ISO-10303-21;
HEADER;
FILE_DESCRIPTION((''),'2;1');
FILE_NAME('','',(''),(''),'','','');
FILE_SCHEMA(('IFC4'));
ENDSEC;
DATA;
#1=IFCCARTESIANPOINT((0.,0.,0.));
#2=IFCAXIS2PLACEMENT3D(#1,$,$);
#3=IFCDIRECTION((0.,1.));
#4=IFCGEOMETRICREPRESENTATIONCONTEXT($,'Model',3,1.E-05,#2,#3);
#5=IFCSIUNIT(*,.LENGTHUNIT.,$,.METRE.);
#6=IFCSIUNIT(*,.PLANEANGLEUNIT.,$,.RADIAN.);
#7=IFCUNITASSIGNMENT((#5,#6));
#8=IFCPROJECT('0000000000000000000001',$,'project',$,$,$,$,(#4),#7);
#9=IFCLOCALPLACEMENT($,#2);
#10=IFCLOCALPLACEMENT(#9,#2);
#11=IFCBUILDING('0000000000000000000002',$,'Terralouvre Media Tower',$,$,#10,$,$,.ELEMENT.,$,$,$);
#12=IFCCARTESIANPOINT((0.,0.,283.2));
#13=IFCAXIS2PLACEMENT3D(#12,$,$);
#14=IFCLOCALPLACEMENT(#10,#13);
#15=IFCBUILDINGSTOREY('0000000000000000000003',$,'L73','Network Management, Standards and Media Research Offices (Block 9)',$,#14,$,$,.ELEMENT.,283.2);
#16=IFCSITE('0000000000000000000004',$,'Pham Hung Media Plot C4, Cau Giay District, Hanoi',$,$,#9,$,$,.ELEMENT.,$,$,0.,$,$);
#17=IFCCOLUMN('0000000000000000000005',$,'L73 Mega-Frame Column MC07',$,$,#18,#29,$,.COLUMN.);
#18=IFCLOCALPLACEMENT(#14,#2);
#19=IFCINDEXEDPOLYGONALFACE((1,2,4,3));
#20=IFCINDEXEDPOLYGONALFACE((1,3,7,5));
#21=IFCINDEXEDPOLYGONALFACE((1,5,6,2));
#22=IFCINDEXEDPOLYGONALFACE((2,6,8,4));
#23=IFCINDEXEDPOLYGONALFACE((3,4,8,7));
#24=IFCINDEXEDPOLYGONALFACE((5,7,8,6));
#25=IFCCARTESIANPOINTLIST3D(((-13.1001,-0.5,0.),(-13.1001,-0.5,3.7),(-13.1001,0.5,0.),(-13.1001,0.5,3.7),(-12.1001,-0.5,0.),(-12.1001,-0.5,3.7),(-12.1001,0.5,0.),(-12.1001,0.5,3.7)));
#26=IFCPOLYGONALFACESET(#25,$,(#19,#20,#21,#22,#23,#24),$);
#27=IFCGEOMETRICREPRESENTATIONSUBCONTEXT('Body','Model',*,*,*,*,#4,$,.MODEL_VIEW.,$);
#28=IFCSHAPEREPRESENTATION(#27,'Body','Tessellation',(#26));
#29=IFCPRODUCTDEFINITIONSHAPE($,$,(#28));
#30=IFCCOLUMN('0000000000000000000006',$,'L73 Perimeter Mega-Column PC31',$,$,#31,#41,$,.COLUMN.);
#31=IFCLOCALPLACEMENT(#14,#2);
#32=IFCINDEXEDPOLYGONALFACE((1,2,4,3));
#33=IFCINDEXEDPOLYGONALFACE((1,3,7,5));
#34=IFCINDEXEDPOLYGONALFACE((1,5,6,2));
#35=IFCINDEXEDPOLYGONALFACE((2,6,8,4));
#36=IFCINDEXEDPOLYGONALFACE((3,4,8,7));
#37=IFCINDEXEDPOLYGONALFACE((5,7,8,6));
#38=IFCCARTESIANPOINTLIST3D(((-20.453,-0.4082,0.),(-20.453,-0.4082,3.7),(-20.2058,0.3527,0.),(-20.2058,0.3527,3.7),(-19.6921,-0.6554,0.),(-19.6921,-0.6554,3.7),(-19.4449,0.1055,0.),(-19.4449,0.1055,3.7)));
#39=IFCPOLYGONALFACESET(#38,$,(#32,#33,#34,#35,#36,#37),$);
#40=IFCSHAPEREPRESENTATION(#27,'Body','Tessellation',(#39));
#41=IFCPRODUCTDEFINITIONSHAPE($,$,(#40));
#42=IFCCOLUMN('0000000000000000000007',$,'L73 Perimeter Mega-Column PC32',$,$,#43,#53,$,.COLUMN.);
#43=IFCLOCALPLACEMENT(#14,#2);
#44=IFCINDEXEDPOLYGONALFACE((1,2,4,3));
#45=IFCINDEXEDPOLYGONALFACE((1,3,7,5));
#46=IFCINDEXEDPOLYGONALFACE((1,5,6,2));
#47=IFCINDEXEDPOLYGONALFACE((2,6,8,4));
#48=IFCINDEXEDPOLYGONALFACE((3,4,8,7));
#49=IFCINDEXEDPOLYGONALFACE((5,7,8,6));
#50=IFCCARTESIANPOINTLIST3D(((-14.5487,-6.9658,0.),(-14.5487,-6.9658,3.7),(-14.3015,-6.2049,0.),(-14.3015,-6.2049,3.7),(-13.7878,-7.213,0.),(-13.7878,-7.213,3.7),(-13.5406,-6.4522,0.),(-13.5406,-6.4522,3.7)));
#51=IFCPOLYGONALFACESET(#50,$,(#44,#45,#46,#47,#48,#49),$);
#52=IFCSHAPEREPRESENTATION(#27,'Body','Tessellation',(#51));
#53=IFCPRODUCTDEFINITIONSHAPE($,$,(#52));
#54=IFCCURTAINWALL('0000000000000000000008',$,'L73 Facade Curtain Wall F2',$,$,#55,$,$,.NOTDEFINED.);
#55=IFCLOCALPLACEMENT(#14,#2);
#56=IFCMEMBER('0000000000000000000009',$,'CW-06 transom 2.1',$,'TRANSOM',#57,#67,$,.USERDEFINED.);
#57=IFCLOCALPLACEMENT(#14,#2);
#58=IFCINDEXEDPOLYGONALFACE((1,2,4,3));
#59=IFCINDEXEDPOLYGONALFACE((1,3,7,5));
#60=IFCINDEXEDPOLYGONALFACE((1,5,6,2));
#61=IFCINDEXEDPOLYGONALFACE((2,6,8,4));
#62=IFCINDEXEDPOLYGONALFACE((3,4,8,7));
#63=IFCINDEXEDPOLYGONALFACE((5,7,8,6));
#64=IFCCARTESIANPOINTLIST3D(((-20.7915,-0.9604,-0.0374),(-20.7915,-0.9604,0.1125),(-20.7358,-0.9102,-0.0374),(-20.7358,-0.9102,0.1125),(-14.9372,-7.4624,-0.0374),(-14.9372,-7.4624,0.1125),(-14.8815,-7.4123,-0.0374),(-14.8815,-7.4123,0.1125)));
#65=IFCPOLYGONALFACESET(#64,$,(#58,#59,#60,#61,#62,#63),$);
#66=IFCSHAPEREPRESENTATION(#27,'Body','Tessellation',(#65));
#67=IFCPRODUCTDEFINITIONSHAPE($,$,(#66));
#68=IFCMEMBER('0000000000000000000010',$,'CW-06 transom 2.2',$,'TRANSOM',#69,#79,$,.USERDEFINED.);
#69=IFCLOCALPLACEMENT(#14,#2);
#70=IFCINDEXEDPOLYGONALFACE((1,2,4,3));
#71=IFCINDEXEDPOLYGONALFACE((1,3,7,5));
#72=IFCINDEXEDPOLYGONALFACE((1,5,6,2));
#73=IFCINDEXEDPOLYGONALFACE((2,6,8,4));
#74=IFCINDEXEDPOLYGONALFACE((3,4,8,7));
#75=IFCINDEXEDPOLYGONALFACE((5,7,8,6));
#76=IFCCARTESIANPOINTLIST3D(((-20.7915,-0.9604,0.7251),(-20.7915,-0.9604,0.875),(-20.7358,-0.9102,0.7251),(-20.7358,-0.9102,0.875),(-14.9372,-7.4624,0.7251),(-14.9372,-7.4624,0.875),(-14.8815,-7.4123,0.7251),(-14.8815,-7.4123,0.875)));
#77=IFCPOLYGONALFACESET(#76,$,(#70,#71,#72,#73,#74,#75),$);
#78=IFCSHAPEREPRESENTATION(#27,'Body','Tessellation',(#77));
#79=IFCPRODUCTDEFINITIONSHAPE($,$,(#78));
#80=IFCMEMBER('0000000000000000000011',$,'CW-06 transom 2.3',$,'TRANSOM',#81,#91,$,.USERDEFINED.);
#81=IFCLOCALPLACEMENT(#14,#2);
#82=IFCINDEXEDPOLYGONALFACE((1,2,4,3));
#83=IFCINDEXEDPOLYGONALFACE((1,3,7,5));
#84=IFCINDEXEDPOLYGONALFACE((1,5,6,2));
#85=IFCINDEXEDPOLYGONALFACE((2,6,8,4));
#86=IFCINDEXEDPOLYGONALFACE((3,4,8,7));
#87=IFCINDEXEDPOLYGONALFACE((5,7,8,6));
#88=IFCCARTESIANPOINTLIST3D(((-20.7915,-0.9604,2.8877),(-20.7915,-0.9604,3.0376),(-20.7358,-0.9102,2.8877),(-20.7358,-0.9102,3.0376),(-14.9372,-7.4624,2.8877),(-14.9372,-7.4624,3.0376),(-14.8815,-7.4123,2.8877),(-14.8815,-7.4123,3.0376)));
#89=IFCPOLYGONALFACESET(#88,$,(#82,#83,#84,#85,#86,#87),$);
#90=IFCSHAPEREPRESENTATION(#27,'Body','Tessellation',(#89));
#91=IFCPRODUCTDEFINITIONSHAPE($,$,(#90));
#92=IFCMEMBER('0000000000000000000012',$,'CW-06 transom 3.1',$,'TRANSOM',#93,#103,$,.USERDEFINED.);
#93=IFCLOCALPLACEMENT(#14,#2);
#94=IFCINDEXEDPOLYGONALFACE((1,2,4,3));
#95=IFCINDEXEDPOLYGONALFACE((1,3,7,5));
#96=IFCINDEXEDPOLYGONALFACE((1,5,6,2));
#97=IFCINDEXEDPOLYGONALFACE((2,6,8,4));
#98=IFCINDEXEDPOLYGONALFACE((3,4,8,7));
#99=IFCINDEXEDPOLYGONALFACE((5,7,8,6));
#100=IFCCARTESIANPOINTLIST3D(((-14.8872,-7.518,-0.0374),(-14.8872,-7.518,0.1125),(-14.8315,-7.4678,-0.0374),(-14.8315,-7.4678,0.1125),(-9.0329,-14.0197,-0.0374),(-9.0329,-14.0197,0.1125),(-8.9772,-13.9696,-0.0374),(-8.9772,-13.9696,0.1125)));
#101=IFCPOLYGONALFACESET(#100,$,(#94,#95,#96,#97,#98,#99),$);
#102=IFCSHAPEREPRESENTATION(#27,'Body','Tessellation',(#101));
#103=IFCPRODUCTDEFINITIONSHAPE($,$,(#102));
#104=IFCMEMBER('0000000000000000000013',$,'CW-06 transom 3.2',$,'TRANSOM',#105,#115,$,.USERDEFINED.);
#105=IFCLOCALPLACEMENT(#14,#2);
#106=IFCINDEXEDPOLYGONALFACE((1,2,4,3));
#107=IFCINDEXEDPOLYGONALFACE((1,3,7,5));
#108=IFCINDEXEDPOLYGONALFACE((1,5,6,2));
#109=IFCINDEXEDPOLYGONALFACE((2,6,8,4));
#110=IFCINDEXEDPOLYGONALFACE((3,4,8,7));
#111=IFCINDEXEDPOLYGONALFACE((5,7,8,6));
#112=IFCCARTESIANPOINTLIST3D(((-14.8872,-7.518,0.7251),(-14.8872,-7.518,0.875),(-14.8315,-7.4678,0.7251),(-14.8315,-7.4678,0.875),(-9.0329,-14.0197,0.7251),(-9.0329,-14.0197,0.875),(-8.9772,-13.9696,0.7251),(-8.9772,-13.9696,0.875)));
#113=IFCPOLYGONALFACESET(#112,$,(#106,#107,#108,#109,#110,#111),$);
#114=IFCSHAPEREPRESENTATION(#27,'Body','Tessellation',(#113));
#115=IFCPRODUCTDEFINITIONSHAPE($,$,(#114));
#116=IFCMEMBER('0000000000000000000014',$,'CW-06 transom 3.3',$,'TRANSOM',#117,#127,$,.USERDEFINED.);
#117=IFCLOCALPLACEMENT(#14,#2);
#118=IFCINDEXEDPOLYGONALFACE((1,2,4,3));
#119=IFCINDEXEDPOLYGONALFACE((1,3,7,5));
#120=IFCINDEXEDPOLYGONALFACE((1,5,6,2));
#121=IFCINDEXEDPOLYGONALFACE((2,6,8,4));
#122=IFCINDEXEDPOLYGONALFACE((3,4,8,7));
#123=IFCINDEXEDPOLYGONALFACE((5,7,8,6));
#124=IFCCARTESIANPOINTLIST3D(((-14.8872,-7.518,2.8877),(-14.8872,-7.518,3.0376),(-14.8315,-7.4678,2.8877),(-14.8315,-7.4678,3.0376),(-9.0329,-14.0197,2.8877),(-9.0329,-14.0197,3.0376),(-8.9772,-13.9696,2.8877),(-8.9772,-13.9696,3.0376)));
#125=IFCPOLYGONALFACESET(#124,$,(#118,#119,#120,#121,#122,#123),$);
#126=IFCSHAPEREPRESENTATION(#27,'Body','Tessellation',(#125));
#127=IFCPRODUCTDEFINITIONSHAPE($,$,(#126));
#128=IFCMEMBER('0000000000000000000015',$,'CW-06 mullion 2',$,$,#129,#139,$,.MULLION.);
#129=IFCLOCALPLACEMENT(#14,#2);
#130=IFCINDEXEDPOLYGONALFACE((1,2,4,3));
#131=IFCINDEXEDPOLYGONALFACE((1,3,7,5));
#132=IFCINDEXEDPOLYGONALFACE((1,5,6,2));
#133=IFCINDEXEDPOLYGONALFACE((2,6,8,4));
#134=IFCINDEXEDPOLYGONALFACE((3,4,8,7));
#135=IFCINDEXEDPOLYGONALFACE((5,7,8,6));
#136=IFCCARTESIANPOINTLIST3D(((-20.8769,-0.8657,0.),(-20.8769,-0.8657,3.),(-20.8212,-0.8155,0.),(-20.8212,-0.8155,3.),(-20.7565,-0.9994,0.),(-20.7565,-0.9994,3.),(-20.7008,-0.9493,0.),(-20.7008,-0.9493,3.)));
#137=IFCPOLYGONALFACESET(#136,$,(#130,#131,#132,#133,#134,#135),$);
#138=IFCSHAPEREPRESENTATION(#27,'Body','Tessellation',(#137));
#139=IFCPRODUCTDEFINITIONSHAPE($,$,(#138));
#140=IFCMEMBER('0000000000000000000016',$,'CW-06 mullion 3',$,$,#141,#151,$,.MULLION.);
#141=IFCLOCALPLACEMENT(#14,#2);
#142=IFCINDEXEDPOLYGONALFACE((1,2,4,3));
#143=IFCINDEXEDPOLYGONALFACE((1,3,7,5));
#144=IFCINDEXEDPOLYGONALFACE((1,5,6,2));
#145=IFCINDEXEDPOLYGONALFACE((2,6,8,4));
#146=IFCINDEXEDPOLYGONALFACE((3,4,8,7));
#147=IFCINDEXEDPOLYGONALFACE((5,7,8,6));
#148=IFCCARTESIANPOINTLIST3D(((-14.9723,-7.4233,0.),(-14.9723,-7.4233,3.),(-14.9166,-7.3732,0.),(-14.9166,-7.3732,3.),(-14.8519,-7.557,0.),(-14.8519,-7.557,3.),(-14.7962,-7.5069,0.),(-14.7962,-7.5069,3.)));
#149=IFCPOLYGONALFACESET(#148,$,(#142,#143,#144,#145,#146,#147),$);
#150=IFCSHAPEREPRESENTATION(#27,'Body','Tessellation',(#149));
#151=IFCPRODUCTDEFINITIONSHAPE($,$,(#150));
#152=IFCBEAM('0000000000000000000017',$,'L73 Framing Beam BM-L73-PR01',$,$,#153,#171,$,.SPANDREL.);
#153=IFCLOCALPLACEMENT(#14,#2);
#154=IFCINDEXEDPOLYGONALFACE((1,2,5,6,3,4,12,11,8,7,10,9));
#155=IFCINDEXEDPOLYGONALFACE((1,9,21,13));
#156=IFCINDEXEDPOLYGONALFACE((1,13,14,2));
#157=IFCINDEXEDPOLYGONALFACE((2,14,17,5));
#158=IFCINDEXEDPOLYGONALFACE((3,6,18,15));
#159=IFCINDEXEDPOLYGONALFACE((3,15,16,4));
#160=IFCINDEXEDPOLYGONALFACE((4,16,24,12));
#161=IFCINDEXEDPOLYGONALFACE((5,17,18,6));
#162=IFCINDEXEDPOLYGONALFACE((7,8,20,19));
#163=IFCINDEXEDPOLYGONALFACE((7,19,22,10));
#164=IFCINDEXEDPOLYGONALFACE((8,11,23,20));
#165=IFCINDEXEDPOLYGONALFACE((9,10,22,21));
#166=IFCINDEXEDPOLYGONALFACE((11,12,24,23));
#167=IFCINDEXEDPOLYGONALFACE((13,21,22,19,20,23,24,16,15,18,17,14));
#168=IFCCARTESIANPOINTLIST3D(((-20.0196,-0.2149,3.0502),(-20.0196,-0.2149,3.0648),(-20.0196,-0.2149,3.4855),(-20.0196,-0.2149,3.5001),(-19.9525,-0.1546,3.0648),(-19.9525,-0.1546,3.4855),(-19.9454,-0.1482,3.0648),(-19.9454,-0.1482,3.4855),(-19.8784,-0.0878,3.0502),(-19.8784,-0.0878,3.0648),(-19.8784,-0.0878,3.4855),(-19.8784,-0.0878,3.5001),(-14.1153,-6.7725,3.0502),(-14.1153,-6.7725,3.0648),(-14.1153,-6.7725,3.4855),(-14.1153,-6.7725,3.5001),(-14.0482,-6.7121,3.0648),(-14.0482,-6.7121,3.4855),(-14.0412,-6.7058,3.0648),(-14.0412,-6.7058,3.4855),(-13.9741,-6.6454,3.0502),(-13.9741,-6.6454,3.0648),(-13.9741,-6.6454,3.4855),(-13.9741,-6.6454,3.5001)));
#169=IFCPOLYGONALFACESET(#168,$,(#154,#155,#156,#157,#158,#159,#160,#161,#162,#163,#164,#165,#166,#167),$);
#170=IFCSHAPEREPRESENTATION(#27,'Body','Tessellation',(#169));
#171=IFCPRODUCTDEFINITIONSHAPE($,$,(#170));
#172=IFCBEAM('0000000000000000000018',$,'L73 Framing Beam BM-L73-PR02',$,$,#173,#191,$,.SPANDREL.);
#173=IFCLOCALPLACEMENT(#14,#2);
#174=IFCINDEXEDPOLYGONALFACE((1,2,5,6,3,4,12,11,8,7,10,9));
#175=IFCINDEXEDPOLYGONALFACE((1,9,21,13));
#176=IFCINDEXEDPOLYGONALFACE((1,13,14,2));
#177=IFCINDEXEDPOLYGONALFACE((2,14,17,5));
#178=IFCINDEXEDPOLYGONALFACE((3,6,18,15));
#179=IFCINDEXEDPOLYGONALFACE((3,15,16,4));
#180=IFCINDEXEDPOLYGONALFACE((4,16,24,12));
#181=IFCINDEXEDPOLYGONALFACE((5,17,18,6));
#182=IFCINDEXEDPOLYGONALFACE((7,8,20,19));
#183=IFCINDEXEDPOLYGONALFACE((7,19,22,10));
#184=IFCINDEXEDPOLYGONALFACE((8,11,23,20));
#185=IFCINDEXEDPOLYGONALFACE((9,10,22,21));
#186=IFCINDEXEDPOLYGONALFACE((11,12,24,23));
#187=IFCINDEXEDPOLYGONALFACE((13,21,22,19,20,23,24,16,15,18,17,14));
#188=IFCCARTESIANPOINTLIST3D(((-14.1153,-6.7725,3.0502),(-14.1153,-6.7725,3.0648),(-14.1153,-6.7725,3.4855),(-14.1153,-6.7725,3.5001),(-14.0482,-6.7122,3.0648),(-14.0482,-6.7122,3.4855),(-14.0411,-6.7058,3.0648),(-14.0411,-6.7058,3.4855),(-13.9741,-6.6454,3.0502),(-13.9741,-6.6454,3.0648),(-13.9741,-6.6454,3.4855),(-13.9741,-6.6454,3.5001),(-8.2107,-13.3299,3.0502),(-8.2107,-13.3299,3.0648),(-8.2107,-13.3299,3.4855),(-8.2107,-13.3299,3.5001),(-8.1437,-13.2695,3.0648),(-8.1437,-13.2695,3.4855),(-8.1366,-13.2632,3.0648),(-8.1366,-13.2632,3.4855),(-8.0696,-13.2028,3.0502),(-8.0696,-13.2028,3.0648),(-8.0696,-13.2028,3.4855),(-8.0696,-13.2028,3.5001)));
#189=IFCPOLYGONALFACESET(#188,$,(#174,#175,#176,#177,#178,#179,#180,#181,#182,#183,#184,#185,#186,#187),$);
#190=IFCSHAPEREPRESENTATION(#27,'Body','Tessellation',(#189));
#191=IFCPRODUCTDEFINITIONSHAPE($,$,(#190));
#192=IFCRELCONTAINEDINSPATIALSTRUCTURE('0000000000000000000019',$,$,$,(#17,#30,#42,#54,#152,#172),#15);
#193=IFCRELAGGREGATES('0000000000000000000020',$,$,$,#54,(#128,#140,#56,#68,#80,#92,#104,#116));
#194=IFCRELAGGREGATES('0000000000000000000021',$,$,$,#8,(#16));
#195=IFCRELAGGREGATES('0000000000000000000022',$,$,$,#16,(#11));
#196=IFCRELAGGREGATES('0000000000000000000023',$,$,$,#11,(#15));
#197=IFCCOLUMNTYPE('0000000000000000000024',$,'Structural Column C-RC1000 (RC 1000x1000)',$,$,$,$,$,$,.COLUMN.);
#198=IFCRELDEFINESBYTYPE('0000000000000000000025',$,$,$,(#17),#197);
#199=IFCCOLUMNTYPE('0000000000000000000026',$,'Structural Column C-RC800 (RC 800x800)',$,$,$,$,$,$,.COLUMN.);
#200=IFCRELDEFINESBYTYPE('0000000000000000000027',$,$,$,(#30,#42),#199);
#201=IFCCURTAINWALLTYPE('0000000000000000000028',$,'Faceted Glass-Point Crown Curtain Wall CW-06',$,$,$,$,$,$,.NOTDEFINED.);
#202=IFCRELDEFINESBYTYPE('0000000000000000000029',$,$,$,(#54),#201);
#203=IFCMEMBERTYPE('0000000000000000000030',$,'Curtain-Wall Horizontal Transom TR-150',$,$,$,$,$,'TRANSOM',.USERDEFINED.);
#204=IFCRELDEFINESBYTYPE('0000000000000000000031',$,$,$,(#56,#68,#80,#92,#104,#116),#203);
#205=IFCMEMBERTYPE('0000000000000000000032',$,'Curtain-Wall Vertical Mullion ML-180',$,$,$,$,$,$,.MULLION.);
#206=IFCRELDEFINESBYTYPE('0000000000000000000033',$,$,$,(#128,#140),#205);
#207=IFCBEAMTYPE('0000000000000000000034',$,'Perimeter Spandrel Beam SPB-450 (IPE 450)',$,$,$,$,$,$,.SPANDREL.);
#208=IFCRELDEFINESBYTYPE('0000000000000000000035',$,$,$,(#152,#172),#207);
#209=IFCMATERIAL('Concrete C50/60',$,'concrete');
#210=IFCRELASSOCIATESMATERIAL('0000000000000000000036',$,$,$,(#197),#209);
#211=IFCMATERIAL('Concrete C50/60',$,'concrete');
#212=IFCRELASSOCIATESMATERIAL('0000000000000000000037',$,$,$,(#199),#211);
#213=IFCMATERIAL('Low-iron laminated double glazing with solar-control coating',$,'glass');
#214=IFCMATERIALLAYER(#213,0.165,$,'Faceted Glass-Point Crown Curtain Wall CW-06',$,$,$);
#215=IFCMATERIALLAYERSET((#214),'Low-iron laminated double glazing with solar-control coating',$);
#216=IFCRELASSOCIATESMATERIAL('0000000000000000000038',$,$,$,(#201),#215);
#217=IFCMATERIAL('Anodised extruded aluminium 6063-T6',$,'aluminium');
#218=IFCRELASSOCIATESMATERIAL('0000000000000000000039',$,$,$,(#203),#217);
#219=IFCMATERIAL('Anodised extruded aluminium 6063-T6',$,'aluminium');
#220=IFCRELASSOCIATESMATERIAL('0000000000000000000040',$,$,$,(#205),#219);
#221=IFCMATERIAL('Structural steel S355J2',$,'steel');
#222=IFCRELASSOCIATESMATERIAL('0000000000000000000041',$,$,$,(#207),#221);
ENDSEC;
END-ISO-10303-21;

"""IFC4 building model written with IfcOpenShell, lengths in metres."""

from ifc_helpers import new_model, si_unit, direction, frame, origin, origin_2d, place, context, subcontext, project, spatial, rectangle, i_section, extrude, material, layer, layer_set, material_profile, profile_set, type_object, element, aggregate, save


model = new_model("IFC4")

# Units and contexts
model_context = context("Model", 3, precision=1e-05, world=origin(), true_north=direction((0.0, 1.0)))
body_context = subcontext(model_context, "Body", "Model", "MODEL_VIEW")
ifc_project = project(units=[si_unit("LENGTHUNIT", "METRE"), si_unit("PLANEANGLEUNIT", "RADIAN")], contexts=[model_context])

# Site, building, storey
site_placement = place(None, origin())
site = spatial("IfcSite", under=ifc_project, at=site_placement, Name="Pham Hung Media Plot C4, Cau Giay District, Hanoi", CompositionType="ELEMENT", RefElevation=0.0)
building_placement = place(site_placement, origin())
building = spatial("IfcBuilding", under=site, at=building_placement, Name="Terralouvre Media Tower", CompositionType="ELEMENT")
storey_placement = place(building_placement, frame((0.0, 0.0, 283.2)))
storey = spatial("IfcBuildingStorey", under=building, at=storey_placement, Name="L73", Description="Network Management, Standards and Media Research Offices (Block 9)", CompositionType="ELEMENT", Elevation=283.2)

# Columns
ifc_material_1 = material(Name="Concrete C50/60", Category="concrete")
ifc_material_profile_1 = material_profile(ifc_material_1, rectangle(XDim=1.0, YDim=1.0, at=origin_2d()), Name="RC 1000x1000")
ifc_profile_set_1 = profile_set([ifc_material_profile_1], Name="Concrete C50/60")
column_type_1 = type_object("IfcColumnType", Name="Structural Column C-RC1000 (RC 1000x1000)", PredefinedType="COLUMN", material=ifc_profile_set_1)
column_placement = place(storey_placement, frame((-12.6001, 0.0, 0.0), z_axis=(0.0, 0.0, 1.0), x_axis=(1.0, 0.0, 0.0)))
element("IfcColumn", 1, at=column_placement, inside=storey, type_object=column_type_1, Name="L73 Mega-Frame Column MC07", PredefinedType="COLUMN", context=body_context, shape_type="SweptSolid", body=[
    extrude(rectangle(XDim=1.0, YDim=1.0, at=origin_2d()), origin(), (0.0, 0.0, 1.0), 3.7),
])
ifc_material_2 = material(Name="Concrete C50/60", Category="concrete")
ifc_material_profile_2 = material_profile(ifc_material_2, rectangle(XDim=0.8, YDim=0.8, at=origin_2d()), Name="RC 800x800")
ifc_profile_set_2 = profile_set([ifc_material_profile_2], Name="Concrete C50/60")
column_type_2 = type_object("IfcColumnType", Name="Structural Column C-RC800 (RC 800x800)", PredefinedType="COLUMN", material=ifc_profile_set_2)
for number, where, z_axis, x_axis, name in (
    (2, (-19.949, -0.1514, 0.0), (0.0, 0.0, 1.0), (0.309017, 0.951057, 0.0), "L73 Perimeter Mega-Column PC31"),
    (3, (-14.0447, -6.709, 0.0), (0.0, 0.0, 1.0), (0.309017, 0.951057, 0.0), "L73 Perimeter Mega-Column PC32"),
):
    element("IfcColumn", number, at=place(storey_placement, frame(where, z_axis=z_axis, x_axis=x_axis)), inside=storey, type_object=column_type_2, Name=name, PredefinedType="COLUMN", context=body_context, shape_type="SweptSolid", body=[
        extrude(rectangle(XDim=0.8, YDim=0.8, at=origin_2d()), origin(), (0.0, 0.0, 1.0), 3.7),
    ])

# Curtain wall, members
ifc_material_3 = material(Name="Low-iron laminated double glazing with solar-control coating", Category="glass")
ifc_layer_1 = layer(ifc_material_3, 0.165, Name="Faceted Glass-Point Crown Curtain Wall CW-06")
ifc_layer_set_1 = layer_set([ifc_layer_1], Name="Low-iron laminated double glazing with solar-control coating")
curtain_wall_type = type_object("IfcCurtainWallType", Name="Faceted Glass-Point Crown Curtain Wall CW-06", PredefinedType="NOTDEFINED", material=ifc_layer_set_1)
curtain_wall_placement = place(storey_placement, origin())
curtain_wall = element("IfcCurtainWall", 4, at=curtain_wall_placement, inside=storey, type_object=curtain_wall_type, Name="L73 Facade Curtain Wall F2", PredefinedType="NOTDEFINED")
ifc_material_4 = material(Name="Anodised extruded aluminium 6063-T6", Category="aluminium")
ifc_material_profile_3 = material_profile(ifc_material_4, rectangle(XDim=0.075, YDim=0.1499, at=origin_2d()), Name="ALU 75x150")
ifc_profile_set_3 = profile_set([ifc_material_profile_3], Name="Anodised extruded aluminium 6063-T6")
member_type_1 = type_object("IfcMemberType", Name="Curtain-Wall Horizontal Transom TR-150", ElementType="TRANSOM", PredefinedType="USERDEFINED", material=ifc_profile_set_3)
member_1_placement = place(storey_placement, frame((-20.7637, -0.9353, 0.0376), z_axis=(0.669122, -0.743153, 0.0), x_axis=(0.743153, 0.669122, 0.0)))
member_1 = element("IfcMember", 5, at=member_1_placement, type_object=member_type_1, Name="CW-06 transom 2.1", ObjectType="TRANSOM", PredefinedType="USERDEFINED", context=body_context, shape_type="SweptSolid", body=[
    extrude(rectangle(XDim=0.075, YDim=0.1499, at=origin_2d()), origin(), (0.0, 0.0, 1.0), 8.7493),
])
member_2_placement = place(storey_placement, frame((-20.7637, -0.9353, 0.8), z_axis=(0.669122, -0.743153, 0.0), x_axis=(0.743153, 0.669122, 0.0)))
member_2 = element("IfcMember", 6, at=member_2_placement, type_object=member_type_1, Name="CW-06 transom 2.2", ObjectType="TRANSOM", PredefinedType="USERDEFINED", context=body_context, shape_type="SweptSolid", body=[
    extrude(rectangle(XDim=0.075, YDim=0.1499, at=origin_2d()), origin(), (0.0, 0.0, 1.0), 8.7493),
])
member_3_placement = place(storey_placement, frame((-20.7637, -0.9353, 2.9626), z_axis=(0.669122, -0.743153, 0.0), x_axis=(0.743153, 0.669122, 0.0)))
member_3 = element("IfcMember", 7, at=member_3_placement, type_object=member_type_1, Name="CW-06 transom 2.3", ObjectType="TRANSOM", PredefinedType="USERDEFINED", context=body_context, shape_type="SweptSolid", body=[
    extrude(rectangle(XDim=0.075, YDim=0.1499, at=origin_2d()), origin(), (0.0, 0.0, 1.0), 8.7493),
])
member_4_placement = place(storey_placement, frame((-14.8594, -7.4929, 0.0376), z_axis=(0.669136, -0.74314, 0.0), x_axis=(0.74314, 0.669136, 0.0)))
member_4 = element("IfcMember", 8, at=member_4_placement, type_object=member_type_1, Name="CW-06 transom 3.1", ObjectType="TRANSOM", PredefinedType="USERDEFINED", context=body_context, shape_type="SweptSolid", body=[
    extrude(rectangle(XDim=0.075, YDim=0.1499, at=origin_2d()), origin(), (0.0, 0.0, 1.0), 8.749),
])
member_5_placement = place(storey_placement, frame((-14.8594, -7.4929, 0.8), z_axis=(0.669136, -0.74314, 0.0), x_axis=(0.74314, 0.669136, 0.0)))
member_5 = element("IfcMember", 9, at=member_5_placement, type_object=member_type_1, Name="CW-06 transom 3.2", ObjectType="TRANSOM", PredefinedType="USERDEFINED", context=body_context, shape_type="SweptSolid", body=[
    extrude(rectangle(XDim=0.075, YDim=0.1499, at=origin_2d()), origin(), (0.0, 0.0, 1.0), 8.749),
])
member_6_placement = place(storey_placement, frame((-14.8594, -7.4929, 2.9626), z_axis=(0.669136, -0.74314, 0.0), x_axis=(0.74314, 0.669136, 0.0)))
member_6 = element("IfcMember", 10, at=member_6_placement, type_object=member_type_1, Name="CW-06 transom 3.3", ObjectType="TRANSOM", PredefinedType="USERDEFINED", context=body_context, shape_type="SweptSolid", body=[
    extrude(rectangle(XDim=0.075, YDim=0.1499, at=origin_2d()), origin(), (0.0, 0.0, 1.0), 8.749),
])
ifc_material_5 = material(Name="Anodised extruded aluminium 6063-T6", Category="aluminium")
ifc_material_profile_4 = material_profile(ifc_material_5, rectangle(XDim=0.075, YDim=0.1799, at=origin_2d()), Name="ALU 75x180")
ifc_profile_set_4 = profile_set([ifc_material_profile_4], Name="Anodised extruded aluminium 6063-T6")
member_type_2 = type_object("IfcMemberType", Name="Curtain-Wall Vertical Mullion ML-180", PredefinedType="MULLION", material=ifc_profile_set_4)
member_7_placement = place(storey_placement, frame((-20.7888, -0.9075, 0.0), z_axis=(0.0, 0.0, 1.0), x_axis=(0.743145, 0.669131, 0.0)))
member_7 = element("IfcMember", 11, at=member_7_placement, type_object=member_type_2, Name="CW-06 mullion 2", PredefinedType="MULLION", context=body_context, shape_type="SweptSolid", body=[
    extrude(rectangle(XDim=0.075, YDim=0.1799, at=origin_2d()), origin(), (0.0, 0.0, 1.0), 3.0),
])
member_8_placement = place(storey_placement, frame((-14.8843, -7.4651, 0.0), z_axis=(0.0, 0.0, 1.0), x_axis=(0.743145, 0.669131, 0.0)))
member_8 = element("IfcMember", 12, at=member_8_placement, type_object=member_type_2, Name="CW-06 mullion 3", PredefinedType="MULLION", context=body_context, shape_type="SweptSolid", body=[
    extrude(rectangle(XDim=0.075, YDim=0.1799, at=origin_2d()), origin(), (0.0, 0.0, 1.0), 3.0),
])

# Beams
ifc_material_6 = material(Name="Structural steel S355J2", Category="steel")
ifc_material_profile_5 = material_profile(ifc_material_6, i_section(OverallWidth=0.1899, OverallDepth=0.45, WebThickness=0.0095, FlangeThickness=0.0146, at=origin_2d()), Name="IPE 450")
ifc_profile_set_5 = profile_set([ifc_material_profile_5], Name="Structural steel S355J2")
beam_type_1 = type_object("IfcBeamType", Name="Perimeter Spandrel Beam SPB-450 (IPE 450)", PredefinedType="SPANDREL", material=ifc_profile_set_5)
for number, where, z_axis, x_axis, name in (
    (13, (-19.949, -0.1514, 3.2751), (0.669118, -0.743157, 0.0), (0.743157, 0.669118, 0.0), "L73 Framing Beam BM-L73-PR01"),
    (14, (-14.0447, -6.709, 3.2751), (0.669147, -0.74313, 0.0), (0.74313, 0.669147, 0.0), "L73 Framing Beam BM-L73-PR02"),
):
    element("IfcBeam", number, at=place(storey_placement, frame(where, z_axis=z_axis, x_axis=x_axis)), inside=storey, type_object=beam_type_1, Name=name, PredefinedType="SPANDREL", context=body_context, shape_type="SweptSolid", body=[
        extrude(i_section(OverallWidth=0.1899, OverallDepth=0.45, WebThickness=0.0095, FlangeThickness=0.0146, at=origin_2d()), origin(), (0.0, 0.0, 1.0), 8.824),
    ])

aggregate(curtain_wall, [member_7, member_8, member_1, member_2, member_3, member_4, member_5, member_6])

save(model, "model.ifc")
